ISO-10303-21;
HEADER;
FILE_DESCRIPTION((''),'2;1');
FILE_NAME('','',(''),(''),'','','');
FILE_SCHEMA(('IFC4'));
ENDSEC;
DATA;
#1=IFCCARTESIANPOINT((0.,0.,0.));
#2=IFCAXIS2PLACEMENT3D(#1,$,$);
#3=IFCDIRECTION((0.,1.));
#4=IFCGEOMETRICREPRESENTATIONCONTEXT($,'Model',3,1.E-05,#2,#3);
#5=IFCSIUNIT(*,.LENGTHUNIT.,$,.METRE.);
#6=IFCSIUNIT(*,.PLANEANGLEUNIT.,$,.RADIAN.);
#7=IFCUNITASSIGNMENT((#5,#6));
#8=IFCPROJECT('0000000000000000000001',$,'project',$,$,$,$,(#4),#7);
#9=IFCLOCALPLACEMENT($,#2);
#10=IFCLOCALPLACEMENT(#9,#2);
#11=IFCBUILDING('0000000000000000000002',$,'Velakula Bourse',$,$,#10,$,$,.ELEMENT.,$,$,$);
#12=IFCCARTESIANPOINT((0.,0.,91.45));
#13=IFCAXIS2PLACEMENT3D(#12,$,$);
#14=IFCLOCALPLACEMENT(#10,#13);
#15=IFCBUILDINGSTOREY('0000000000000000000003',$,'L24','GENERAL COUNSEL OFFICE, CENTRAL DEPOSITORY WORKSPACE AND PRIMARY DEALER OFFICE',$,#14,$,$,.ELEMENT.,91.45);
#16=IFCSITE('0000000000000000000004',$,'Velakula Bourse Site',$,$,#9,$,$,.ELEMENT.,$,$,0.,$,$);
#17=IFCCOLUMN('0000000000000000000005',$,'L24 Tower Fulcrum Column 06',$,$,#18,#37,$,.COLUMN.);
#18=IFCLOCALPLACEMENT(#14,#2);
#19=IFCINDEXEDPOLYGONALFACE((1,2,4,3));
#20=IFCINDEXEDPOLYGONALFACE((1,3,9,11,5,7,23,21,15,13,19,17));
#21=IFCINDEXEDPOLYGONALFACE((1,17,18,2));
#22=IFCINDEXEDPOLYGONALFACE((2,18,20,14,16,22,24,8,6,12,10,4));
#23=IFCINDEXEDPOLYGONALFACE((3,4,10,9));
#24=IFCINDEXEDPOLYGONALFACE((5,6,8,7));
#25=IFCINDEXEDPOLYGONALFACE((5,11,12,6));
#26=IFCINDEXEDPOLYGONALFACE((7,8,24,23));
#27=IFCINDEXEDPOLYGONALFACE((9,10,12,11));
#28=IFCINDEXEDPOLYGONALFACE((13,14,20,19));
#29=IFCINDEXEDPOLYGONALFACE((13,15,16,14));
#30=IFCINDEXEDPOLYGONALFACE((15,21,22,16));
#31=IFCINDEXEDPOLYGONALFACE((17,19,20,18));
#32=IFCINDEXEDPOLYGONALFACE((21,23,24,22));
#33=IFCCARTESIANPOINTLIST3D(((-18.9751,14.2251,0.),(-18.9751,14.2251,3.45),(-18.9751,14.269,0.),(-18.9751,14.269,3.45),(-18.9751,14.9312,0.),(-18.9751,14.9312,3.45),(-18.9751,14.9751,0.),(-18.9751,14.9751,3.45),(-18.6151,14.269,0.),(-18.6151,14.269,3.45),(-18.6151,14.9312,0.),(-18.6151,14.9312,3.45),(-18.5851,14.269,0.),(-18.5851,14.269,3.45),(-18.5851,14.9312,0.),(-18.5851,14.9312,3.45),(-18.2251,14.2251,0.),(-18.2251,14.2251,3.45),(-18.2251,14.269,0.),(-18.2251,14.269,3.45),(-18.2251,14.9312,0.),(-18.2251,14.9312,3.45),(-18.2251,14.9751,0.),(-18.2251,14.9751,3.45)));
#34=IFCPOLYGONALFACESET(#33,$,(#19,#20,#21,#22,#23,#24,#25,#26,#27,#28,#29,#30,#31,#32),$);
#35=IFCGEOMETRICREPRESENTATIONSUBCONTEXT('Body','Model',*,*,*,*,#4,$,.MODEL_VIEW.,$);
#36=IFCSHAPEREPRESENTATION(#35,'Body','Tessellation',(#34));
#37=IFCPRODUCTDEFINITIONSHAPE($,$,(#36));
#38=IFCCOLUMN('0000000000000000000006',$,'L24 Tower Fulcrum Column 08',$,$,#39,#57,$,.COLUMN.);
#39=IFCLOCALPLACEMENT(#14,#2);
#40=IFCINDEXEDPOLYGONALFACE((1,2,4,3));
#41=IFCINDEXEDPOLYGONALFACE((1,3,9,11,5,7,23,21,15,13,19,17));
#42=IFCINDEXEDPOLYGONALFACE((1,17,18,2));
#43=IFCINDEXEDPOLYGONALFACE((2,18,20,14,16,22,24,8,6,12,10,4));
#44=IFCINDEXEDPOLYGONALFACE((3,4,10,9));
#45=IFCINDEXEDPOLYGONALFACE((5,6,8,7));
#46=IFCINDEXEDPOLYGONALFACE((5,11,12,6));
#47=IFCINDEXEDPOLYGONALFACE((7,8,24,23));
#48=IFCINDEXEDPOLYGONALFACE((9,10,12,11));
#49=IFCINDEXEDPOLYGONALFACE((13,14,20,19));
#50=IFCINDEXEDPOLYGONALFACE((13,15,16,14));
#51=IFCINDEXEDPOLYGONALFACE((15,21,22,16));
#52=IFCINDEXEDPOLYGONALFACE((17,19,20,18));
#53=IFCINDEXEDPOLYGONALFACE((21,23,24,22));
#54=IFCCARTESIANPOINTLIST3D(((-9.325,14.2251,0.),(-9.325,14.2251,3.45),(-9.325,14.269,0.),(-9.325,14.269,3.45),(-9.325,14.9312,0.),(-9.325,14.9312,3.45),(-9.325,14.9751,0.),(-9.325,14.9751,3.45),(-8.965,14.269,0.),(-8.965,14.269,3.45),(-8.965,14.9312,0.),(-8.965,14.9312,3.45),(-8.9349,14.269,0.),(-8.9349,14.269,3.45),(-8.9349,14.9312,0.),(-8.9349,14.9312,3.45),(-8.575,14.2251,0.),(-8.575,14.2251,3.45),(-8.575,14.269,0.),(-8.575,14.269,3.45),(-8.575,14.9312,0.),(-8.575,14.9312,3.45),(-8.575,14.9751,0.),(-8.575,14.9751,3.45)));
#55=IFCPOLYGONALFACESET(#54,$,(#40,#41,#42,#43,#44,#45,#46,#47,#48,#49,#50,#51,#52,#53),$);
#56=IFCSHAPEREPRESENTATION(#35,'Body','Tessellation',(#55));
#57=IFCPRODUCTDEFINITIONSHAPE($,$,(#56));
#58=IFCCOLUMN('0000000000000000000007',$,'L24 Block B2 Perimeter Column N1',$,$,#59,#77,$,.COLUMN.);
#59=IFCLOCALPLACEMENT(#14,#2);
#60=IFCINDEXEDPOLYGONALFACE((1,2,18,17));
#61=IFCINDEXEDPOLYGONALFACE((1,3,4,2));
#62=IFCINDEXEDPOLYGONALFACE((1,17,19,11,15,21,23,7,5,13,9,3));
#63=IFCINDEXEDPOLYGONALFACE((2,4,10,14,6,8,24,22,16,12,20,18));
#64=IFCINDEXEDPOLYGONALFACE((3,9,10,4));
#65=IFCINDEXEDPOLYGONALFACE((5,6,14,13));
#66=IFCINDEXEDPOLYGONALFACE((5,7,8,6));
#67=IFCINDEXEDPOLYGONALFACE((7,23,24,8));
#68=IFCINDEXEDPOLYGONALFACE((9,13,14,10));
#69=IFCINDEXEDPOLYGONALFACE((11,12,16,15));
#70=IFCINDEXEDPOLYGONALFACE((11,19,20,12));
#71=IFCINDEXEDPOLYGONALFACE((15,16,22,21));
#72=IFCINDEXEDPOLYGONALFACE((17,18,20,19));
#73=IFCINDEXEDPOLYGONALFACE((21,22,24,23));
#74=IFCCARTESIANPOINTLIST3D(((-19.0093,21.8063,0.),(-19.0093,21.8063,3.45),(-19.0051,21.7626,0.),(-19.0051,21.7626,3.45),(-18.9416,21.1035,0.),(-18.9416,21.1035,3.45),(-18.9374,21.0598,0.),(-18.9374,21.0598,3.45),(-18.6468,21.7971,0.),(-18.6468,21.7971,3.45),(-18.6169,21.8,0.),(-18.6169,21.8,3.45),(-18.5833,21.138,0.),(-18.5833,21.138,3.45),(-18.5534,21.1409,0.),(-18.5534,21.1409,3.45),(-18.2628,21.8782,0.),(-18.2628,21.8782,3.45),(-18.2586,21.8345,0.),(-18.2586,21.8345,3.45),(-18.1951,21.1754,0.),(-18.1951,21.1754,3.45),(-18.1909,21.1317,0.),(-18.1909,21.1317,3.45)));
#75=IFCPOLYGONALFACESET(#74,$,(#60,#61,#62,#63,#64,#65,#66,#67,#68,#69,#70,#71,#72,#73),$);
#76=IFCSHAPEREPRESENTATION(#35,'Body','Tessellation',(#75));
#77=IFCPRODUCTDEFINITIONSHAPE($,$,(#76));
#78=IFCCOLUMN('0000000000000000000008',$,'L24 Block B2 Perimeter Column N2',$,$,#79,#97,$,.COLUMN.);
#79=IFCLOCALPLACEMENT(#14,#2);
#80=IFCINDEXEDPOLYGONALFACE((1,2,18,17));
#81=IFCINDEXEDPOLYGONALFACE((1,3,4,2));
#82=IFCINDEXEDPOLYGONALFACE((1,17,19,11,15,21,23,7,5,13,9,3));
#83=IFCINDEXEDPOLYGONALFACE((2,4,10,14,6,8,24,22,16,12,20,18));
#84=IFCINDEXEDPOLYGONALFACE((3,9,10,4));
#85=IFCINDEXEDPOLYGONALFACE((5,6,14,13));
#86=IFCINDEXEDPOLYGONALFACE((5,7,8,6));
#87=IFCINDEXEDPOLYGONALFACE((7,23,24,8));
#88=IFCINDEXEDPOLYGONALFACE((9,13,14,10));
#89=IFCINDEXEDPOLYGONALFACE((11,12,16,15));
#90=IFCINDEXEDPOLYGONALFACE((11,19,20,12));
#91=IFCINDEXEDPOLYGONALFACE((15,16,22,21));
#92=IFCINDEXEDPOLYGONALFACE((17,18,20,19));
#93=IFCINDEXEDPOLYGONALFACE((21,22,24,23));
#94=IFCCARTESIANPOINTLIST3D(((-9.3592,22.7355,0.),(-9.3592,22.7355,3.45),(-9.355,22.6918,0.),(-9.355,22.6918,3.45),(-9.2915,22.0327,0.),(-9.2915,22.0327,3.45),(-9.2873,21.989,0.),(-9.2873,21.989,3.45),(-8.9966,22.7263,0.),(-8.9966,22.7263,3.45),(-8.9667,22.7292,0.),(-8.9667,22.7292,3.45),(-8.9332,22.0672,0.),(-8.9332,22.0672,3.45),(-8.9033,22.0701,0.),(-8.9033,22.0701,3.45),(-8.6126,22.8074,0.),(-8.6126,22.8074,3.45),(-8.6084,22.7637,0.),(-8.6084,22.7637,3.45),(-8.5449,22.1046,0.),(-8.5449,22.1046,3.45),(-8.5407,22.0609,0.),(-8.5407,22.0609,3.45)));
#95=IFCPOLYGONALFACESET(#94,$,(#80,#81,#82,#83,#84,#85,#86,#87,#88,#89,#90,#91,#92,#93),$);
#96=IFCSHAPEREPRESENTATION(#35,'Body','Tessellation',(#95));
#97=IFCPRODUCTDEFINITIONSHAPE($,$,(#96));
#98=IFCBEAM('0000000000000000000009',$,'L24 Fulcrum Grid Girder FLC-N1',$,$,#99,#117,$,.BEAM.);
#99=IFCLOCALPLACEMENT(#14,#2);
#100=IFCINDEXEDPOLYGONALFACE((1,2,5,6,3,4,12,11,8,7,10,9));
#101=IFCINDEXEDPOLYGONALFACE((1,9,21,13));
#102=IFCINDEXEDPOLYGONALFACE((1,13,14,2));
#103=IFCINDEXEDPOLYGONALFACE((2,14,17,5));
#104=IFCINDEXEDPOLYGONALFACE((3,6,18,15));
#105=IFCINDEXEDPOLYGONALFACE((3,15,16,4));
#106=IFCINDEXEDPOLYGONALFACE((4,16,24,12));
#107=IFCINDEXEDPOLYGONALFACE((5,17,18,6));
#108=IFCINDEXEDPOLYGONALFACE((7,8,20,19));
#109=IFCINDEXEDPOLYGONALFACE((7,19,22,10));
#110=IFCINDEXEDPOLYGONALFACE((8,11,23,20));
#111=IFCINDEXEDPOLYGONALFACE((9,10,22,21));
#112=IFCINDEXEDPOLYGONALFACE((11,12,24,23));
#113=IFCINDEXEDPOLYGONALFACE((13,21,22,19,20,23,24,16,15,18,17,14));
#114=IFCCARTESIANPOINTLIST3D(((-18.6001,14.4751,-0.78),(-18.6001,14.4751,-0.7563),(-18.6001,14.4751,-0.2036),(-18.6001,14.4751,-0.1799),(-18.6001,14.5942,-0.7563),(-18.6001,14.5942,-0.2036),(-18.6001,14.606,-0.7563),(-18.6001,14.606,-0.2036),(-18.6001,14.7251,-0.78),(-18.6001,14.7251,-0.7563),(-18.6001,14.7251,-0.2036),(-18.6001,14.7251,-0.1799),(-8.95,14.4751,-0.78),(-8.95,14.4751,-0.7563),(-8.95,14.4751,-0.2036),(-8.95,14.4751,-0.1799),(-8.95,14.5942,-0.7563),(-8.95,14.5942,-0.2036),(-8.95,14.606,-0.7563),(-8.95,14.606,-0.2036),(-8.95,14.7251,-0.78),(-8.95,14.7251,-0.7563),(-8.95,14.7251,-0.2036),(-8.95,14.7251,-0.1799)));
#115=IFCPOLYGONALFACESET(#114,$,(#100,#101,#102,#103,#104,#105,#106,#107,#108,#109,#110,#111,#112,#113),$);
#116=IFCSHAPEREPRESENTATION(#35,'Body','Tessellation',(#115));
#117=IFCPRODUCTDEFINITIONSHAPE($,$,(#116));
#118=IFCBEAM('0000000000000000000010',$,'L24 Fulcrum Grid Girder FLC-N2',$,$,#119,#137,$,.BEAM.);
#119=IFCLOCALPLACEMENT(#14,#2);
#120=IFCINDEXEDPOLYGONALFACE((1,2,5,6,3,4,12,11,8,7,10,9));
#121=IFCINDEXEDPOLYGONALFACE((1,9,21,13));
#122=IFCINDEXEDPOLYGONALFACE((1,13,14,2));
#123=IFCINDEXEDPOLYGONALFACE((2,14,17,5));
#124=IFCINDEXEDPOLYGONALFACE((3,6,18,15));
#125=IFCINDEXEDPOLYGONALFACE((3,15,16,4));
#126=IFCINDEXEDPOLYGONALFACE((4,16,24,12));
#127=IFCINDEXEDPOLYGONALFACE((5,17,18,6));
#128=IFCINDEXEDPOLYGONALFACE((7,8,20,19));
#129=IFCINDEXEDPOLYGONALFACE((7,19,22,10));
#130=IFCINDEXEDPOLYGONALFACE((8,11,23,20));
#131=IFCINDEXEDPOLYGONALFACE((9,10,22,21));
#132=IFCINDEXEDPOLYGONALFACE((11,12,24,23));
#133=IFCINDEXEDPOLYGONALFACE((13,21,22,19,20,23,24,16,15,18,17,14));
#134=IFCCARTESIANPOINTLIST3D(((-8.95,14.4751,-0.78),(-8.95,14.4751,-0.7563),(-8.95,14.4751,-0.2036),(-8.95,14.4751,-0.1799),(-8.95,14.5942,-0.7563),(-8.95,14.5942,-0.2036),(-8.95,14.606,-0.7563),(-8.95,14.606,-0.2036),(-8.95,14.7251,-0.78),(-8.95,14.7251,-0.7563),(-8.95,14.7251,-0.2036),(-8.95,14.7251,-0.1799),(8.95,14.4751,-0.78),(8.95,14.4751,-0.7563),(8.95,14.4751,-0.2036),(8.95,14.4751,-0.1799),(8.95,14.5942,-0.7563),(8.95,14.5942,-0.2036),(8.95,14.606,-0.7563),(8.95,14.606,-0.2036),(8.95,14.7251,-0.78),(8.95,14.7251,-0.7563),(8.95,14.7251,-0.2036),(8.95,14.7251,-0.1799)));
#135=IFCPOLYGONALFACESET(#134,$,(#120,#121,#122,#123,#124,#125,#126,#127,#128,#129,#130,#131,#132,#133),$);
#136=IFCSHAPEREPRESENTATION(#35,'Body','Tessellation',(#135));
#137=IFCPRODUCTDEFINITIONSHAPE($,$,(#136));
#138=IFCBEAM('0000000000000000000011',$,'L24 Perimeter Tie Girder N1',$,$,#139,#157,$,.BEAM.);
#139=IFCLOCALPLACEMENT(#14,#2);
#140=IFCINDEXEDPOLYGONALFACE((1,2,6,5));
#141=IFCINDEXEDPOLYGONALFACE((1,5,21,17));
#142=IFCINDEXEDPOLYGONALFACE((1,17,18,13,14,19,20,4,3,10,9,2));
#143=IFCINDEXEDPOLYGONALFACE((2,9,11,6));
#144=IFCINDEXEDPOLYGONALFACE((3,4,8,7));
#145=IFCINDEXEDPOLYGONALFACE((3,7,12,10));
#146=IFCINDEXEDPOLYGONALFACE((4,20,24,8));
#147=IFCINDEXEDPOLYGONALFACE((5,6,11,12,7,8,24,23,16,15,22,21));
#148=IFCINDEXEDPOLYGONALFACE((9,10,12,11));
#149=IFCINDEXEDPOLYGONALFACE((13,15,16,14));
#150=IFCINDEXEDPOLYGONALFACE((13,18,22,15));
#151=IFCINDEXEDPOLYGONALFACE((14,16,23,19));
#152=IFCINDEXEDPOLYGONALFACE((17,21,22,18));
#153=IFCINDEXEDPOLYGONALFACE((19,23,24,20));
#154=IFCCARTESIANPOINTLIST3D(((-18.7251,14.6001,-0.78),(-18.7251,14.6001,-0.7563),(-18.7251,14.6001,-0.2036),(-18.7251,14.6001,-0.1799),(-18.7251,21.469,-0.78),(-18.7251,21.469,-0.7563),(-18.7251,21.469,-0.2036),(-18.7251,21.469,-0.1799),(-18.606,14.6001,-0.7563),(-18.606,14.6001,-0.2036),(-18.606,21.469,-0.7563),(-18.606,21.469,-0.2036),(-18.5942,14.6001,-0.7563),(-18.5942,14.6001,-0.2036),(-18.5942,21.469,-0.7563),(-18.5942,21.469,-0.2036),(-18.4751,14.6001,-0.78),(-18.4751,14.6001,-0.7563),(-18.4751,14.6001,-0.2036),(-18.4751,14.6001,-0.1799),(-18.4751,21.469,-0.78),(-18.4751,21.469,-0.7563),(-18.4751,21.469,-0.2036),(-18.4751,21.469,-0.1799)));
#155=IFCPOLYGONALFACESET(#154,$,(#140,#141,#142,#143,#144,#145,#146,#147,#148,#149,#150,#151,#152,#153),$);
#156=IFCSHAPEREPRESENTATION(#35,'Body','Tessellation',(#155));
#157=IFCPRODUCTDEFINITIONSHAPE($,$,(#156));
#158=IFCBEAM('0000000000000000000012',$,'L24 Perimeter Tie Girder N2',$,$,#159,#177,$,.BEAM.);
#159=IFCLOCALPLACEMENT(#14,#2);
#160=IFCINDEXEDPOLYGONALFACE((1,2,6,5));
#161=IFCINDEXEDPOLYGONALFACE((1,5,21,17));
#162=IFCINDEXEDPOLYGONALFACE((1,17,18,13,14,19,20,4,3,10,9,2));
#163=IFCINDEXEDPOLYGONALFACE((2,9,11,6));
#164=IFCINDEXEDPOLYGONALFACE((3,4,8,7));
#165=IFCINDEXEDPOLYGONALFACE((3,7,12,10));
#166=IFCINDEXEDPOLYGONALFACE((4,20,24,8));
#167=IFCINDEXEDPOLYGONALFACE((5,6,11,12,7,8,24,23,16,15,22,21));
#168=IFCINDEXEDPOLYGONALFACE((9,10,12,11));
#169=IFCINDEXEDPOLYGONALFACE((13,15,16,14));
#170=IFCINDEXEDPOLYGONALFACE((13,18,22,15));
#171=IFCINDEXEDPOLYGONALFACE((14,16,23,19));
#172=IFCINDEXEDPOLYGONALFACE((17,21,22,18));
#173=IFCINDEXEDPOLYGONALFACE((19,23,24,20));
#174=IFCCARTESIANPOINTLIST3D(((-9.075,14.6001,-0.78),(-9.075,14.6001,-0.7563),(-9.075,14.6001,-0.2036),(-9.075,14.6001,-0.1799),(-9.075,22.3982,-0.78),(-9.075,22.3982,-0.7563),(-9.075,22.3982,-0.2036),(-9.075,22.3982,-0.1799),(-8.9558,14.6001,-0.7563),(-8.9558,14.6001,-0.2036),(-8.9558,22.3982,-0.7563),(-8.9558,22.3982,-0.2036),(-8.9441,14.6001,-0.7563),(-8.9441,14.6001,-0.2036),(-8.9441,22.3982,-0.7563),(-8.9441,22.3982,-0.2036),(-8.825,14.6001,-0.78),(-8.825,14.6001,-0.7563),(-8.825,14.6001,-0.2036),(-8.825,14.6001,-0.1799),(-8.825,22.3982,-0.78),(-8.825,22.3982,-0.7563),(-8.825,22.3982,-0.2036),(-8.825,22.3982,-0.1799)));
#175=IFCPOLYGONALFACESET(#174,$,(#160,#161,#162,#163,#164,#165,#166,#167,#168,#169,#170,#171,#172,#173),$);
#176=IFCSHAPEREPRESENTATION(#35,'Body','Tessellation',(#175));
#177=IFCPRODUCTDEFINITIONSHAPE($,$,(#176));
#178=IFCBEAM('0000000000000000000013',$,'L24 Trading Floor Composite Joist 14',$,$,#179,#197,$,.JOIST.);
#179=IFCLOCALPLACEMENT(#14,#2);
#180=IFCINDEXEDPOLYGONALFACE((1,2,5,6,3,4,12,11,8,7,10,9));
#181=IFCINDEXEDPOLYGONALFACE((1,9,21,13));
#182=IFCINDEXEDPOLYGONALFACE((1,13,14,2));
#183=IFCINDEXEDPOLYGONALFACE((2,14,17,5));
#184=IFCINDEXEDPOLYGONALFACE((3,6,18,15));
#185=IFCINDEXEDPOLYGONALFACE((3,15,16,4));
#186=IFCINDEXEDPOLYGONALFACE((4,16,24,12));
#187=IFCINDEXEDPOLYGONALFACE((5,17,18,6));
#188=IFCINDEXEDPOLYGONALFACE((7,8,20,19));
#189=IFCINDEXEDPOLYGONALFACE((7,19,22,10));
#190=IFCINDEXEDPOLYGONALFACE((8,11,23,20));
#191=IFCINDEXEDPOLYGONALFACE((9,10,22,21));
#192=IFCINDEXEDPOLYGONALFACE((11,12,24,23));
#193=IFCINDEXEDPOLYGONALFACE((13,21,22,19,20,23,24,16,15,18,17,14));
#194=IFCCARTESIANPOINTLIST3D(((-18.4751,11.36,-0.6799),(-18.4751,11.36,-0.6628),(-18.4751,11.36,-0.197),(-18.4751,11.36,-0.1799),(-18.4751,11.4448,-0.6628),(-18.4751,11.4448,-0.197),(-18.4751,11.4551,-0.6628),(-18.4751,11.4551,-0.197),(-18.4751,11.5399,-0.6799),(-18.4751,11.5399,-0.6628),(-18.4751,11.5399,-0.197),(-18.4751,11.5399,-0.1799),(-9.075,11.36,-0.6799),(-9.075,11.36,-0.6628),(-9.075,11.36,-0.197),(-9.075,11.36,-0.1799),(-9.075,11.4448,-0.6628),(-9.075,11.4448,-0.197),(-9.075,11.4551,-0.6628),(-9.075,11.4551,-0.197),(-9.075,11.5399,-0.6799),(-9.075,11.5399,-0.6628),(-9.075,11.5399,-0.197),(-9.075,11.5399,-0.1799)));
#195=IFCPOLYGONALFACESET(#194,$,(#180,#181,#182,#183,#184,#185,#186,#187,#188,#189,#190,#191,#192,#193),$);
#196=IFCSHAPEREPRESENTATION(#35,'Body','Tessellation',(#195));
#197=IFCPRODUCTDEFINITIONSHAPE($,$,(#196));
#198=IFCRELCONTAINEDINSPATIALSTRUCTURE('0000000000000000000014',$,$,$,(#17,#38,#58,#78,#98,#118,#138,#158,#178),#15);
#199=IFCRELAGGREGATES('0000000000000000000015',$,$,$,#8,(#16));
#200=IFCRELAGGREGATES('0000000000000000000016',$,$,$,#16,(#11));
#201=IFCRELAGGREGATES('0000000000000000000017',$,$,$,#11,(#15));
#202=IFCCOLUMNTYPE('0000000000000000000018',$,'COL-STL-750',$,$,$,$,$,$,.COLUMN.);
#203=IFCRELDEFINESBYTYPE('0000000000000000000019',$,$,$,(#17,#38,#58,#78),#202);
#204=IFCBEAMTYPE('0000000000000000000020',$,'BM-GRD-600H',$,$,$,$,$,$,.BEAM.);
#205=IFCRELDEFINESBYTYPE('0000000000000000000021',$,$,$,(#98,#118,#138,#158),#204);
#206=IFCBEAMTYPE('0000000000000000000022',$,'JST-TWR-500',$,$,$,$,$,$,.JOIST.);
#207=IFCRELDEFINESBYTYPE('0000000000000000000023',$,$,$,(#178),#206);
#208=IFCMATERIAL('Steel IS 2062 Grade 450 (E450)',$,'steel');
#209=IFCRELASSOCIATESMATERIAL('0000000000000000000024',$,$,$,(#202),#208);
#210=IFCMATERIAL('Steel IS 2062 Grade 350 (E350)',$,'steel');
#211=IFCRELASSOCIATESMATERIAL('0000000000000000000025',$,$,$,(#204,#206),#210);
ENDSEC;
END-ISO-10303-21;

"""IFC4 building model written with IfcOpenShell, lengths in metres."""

from ifc_helpers import new_model, si_unit, direction, frame, origin, origin_2d, place, context, subcontext, project, spatial, i_section, extrude, material, material_profile, profile_set, type_object, element, save


model = new_model("IFC4")

# Units and contexts
model_context = context("Model", 3, precision=1e-05, world=origin(), true_north=direction((0.0, 1.0)))
body_context = subcontext(model_context, "Body", "Model", "MODEL_VIEW")
ifc_project = project(units=[si_unit("LENGTHUNIT", "METRE"), si_unit("PLANEANGLEUNIT", "RADIAN")], contexts=[model_context])

# Site, building, storey
site_placement = place(None, origin())
site = spatial("IfcSite", under=ifc_project, at=site_placement, Name="Velakula Bourse Site", CompositionType="ELEMENT", RefElevation=0.0)
building_placement = place(site_placement, origin())
building = spatial("IfcBuilding", under=site, at=building_placement, Name="Velakula Bourse", CompositionType="ELEMENT")
storey_placement = place(building_placement, frame((0.0, 0.0, 91.45)))
storey = spatial("IfcBuildingStorey", under=building, at=storey_placement, Name="L24", Description="GENERAL COUNSEL OFFICE, CENTRAL DEPOSITORY WORKSPACE AND PRIMARY DEALER OFFICE", CompositionType="ELEMENT", Elevation=91.45)

# Columns
ifc_material_1 = material(Name="Steel IS 2062 Grade 450 (E450)", Category="steel")
ifc_material_profile_1 = material_profile(ifc_material_1, i_section(OverallWidth=0.75, OverallDepth=0.75, WebThickness=0.03, FlangeThickness=0.0439, at=origin_2d()), Name="Steel IS 2062 Grade 450 (E450)")
ifc_profile_set_1 = profile_set([ifc_material_profile_1], Name="Steel IS 2062 Grade 450 (E450)")
column_type = type_object("IfcColumnType", Name="COL-STL-750", PredefinedType="COLUMN", material=ifc_profile_set_1)
for number, where, z_axis, x_axis, name in (
    (1, (-18.6001, 14.6001, 0.0), (0.0, 0.0, 1.0), (1.0, 0.0, 0.0), "L24 Tower Fulcrum Column 06"),
    (2, (-8.95, 14.6001, 0.0), (0.0, 0.0, 1.0), (1.0, 0.0, 0.0), "L24 Tower Fulcrum Column 08"),
    (3, (-18.6001, 21.469, 0.0), (0.0, 0.0, 1.0), (0.995396, 0.095846, 0.0), "L24 Block B2 Perimeter Column N1"),
    (4, (-8.95, 22.3982, 0.0), (0.0, 0.0, 1.0), (0.995396, 0.095846, 0.0), "L24 Block B2 Perimeter Column N2"),
):
    element("IfcColumn", number, at=place(storey_placement, frame(where, z_axis=z_axis, x_axis=x_axis)), inside=storey, type_object=column_type, Name=name, PredefinedType="COLUMN", context=body_context, shape_type="SweptSolid", body=[
        extrude(i_section(OverallWidth=0.75, OverallDepth=0.75, WebThickness=0.03, FlangeThickness=0.0439, at=origin_2d()), origin(), (0.0, 0.0, 1.0), 3.45),
    ])

# Beams
ifc_material_2 = material(Name="Steel IS 2062 Grade 350 (E350)", Category="steel")
ifc_material_profile_2 = material_profile(ifc_material_2, i_section(OverallWidth=0.25, OverallDepth=0.6001, WebThickness=0.0117, FlangeThickness=0.0237, at=origin_2d()), Name="Steel IS 2062 Grade 350 (E350)")
ifc_profile_set_2 = profile_set([ifc_material_profile_2], Name="Steel IS 2062 Grade 350 (E350)")
beam_type_1 = type_object("IfcBeamType", Name="BM-GRD-600H", PredefinedType="BEAM", material=ifc_profile_set_2)
beam_1_placement = place(storey_placement, frame((-18.6001, 14.6001, -0.48), z_axis=(1.0, 0.0, 0.0), x_axis=(0.0, 1.0, 0.0)))
element("IfcBeam", 5, at=beam_1_placement, inside=storey, type_object=beam_type_1, Name="L24 Fulcrum Grid Girder FLC-N1", PredefinedType="BEAM", context=body_context, shape_type="SweptSolid", body=[
    extrude(i_section(OverallWidth=0.25, OverallDepth=0.6001, WebThickness=0.0117, FlangeThickness=0.0237, at=origin_2d()), origin(), (0.0, 0.0, 1.0), 9.6501),
])
beam_2_placement = place(storey_placement, frame((-8.95, 14.6001, -0.48), z_axis=(1.0, 0.0, 0.0), x_axis=(0.0, 1.0, 0.0)))
element("IfcBeam", 6, at=beam_2_placement, inside=storey, type_object=beam_type_1, Name="L24 Fulcrum Grid Girder FLC-N2", PredefinedType="BEAM", context=body_context, shape_type="SweptSolid", body=[
    extrude(i_section(OverallWidth=0.25, OverallDepth=0.6001, WebThickness=0.0117, FlangeThickness=0.0237, at=origin_2d()), origin(), (0.0, 0.0, 1.0), 17.8999),
])
beam_3_placement = place(storey_placement, frame((-18.6001, 14.6001, -0.48), z_axis=(0.0, 1.0, 0.0), x_axis=(-1.0, 0.0, 0.0)))
element("IfcBeam", 7, at=beam_3_placement, inside=storey, type_object=beam_type_1, Name="L24 Perimeter Tie Girder N1", PredefinedType="BEAM", context=body_context, shape_type="SweptSolid", body=[
    extrude(i_section(OverallWidth=0.25, OverallDepth=0.6001, WebThickness=0.0117, FlangeThickness=0.0237, at=origin_2d()), origin(), (0.0, 0.0, 1.0), 6.8689),
])
beam_4_placement = place(storey_placement, frame((-8.95, 14.6001, -0.48), z_axis=(0.0, 1.0, 0.0), x_axis=(-1.0, 0.0, 0.0)))
element("IfcBeam", 8, at=beam_4_placement, inside=storey, type_object=beam_type_1, Name="L24 Perimeter Tie Girder N2", PredefinedType="BEAM", context=body_context, shape_type="SweptSolid", body=[
    extrude(i_section(OverallWidth=0.25, OverallDepth=0.6001, WebThickness=0.0117, FlangeThickness=0.0237, at=origin_2d()), origin(), (0.0, 0.0, 1.0), 7.7981),
])
ifc_material_profile_3 = material_profile(ifc_material_2, i_section(OverallWidth=0.1799, OverallDepth=0.5, WebThickness=0.0103, FlangeThickness=0.0171, at=origin_2d()), Name="Steel IS 2062 Grade 350 (E350)")
ifc_profile_set_3 = profile_set([ifc_material_profile_3], Name="Steel IS 2062 Grade 350 (E350)")
beam_type_2 = type_object("IfcBeamType", Name="JST-TWR-500", PredefinedType="JOIST", material=ifc_profile_set_3)
beam_5_placement = place(storey_placement, frame((-18.4751, 11.45, -0.4299), z_axis=(1.0, 0.0, 0.0), x_axis=(0.0, 1.0, 0.0)))
element("IfcBeam", 9, at=beam_5_placement, inside=storey, type_object=beam_type_2, Name="L24 Trading Floor Composite Joist 14", PredefinedType="JOIST", context=body_context, shape_type="SweptSolid", body=[
    extrude(i_section(OverallWidth=0.1799, OverallDepth=0.5, WebThickness=0.0103, FlangeThickness=0.0171, at=origin_2d()), origin(), (0.0, 0.0, 1.0), 9.4001),
])

save(model, "model.ifc")
